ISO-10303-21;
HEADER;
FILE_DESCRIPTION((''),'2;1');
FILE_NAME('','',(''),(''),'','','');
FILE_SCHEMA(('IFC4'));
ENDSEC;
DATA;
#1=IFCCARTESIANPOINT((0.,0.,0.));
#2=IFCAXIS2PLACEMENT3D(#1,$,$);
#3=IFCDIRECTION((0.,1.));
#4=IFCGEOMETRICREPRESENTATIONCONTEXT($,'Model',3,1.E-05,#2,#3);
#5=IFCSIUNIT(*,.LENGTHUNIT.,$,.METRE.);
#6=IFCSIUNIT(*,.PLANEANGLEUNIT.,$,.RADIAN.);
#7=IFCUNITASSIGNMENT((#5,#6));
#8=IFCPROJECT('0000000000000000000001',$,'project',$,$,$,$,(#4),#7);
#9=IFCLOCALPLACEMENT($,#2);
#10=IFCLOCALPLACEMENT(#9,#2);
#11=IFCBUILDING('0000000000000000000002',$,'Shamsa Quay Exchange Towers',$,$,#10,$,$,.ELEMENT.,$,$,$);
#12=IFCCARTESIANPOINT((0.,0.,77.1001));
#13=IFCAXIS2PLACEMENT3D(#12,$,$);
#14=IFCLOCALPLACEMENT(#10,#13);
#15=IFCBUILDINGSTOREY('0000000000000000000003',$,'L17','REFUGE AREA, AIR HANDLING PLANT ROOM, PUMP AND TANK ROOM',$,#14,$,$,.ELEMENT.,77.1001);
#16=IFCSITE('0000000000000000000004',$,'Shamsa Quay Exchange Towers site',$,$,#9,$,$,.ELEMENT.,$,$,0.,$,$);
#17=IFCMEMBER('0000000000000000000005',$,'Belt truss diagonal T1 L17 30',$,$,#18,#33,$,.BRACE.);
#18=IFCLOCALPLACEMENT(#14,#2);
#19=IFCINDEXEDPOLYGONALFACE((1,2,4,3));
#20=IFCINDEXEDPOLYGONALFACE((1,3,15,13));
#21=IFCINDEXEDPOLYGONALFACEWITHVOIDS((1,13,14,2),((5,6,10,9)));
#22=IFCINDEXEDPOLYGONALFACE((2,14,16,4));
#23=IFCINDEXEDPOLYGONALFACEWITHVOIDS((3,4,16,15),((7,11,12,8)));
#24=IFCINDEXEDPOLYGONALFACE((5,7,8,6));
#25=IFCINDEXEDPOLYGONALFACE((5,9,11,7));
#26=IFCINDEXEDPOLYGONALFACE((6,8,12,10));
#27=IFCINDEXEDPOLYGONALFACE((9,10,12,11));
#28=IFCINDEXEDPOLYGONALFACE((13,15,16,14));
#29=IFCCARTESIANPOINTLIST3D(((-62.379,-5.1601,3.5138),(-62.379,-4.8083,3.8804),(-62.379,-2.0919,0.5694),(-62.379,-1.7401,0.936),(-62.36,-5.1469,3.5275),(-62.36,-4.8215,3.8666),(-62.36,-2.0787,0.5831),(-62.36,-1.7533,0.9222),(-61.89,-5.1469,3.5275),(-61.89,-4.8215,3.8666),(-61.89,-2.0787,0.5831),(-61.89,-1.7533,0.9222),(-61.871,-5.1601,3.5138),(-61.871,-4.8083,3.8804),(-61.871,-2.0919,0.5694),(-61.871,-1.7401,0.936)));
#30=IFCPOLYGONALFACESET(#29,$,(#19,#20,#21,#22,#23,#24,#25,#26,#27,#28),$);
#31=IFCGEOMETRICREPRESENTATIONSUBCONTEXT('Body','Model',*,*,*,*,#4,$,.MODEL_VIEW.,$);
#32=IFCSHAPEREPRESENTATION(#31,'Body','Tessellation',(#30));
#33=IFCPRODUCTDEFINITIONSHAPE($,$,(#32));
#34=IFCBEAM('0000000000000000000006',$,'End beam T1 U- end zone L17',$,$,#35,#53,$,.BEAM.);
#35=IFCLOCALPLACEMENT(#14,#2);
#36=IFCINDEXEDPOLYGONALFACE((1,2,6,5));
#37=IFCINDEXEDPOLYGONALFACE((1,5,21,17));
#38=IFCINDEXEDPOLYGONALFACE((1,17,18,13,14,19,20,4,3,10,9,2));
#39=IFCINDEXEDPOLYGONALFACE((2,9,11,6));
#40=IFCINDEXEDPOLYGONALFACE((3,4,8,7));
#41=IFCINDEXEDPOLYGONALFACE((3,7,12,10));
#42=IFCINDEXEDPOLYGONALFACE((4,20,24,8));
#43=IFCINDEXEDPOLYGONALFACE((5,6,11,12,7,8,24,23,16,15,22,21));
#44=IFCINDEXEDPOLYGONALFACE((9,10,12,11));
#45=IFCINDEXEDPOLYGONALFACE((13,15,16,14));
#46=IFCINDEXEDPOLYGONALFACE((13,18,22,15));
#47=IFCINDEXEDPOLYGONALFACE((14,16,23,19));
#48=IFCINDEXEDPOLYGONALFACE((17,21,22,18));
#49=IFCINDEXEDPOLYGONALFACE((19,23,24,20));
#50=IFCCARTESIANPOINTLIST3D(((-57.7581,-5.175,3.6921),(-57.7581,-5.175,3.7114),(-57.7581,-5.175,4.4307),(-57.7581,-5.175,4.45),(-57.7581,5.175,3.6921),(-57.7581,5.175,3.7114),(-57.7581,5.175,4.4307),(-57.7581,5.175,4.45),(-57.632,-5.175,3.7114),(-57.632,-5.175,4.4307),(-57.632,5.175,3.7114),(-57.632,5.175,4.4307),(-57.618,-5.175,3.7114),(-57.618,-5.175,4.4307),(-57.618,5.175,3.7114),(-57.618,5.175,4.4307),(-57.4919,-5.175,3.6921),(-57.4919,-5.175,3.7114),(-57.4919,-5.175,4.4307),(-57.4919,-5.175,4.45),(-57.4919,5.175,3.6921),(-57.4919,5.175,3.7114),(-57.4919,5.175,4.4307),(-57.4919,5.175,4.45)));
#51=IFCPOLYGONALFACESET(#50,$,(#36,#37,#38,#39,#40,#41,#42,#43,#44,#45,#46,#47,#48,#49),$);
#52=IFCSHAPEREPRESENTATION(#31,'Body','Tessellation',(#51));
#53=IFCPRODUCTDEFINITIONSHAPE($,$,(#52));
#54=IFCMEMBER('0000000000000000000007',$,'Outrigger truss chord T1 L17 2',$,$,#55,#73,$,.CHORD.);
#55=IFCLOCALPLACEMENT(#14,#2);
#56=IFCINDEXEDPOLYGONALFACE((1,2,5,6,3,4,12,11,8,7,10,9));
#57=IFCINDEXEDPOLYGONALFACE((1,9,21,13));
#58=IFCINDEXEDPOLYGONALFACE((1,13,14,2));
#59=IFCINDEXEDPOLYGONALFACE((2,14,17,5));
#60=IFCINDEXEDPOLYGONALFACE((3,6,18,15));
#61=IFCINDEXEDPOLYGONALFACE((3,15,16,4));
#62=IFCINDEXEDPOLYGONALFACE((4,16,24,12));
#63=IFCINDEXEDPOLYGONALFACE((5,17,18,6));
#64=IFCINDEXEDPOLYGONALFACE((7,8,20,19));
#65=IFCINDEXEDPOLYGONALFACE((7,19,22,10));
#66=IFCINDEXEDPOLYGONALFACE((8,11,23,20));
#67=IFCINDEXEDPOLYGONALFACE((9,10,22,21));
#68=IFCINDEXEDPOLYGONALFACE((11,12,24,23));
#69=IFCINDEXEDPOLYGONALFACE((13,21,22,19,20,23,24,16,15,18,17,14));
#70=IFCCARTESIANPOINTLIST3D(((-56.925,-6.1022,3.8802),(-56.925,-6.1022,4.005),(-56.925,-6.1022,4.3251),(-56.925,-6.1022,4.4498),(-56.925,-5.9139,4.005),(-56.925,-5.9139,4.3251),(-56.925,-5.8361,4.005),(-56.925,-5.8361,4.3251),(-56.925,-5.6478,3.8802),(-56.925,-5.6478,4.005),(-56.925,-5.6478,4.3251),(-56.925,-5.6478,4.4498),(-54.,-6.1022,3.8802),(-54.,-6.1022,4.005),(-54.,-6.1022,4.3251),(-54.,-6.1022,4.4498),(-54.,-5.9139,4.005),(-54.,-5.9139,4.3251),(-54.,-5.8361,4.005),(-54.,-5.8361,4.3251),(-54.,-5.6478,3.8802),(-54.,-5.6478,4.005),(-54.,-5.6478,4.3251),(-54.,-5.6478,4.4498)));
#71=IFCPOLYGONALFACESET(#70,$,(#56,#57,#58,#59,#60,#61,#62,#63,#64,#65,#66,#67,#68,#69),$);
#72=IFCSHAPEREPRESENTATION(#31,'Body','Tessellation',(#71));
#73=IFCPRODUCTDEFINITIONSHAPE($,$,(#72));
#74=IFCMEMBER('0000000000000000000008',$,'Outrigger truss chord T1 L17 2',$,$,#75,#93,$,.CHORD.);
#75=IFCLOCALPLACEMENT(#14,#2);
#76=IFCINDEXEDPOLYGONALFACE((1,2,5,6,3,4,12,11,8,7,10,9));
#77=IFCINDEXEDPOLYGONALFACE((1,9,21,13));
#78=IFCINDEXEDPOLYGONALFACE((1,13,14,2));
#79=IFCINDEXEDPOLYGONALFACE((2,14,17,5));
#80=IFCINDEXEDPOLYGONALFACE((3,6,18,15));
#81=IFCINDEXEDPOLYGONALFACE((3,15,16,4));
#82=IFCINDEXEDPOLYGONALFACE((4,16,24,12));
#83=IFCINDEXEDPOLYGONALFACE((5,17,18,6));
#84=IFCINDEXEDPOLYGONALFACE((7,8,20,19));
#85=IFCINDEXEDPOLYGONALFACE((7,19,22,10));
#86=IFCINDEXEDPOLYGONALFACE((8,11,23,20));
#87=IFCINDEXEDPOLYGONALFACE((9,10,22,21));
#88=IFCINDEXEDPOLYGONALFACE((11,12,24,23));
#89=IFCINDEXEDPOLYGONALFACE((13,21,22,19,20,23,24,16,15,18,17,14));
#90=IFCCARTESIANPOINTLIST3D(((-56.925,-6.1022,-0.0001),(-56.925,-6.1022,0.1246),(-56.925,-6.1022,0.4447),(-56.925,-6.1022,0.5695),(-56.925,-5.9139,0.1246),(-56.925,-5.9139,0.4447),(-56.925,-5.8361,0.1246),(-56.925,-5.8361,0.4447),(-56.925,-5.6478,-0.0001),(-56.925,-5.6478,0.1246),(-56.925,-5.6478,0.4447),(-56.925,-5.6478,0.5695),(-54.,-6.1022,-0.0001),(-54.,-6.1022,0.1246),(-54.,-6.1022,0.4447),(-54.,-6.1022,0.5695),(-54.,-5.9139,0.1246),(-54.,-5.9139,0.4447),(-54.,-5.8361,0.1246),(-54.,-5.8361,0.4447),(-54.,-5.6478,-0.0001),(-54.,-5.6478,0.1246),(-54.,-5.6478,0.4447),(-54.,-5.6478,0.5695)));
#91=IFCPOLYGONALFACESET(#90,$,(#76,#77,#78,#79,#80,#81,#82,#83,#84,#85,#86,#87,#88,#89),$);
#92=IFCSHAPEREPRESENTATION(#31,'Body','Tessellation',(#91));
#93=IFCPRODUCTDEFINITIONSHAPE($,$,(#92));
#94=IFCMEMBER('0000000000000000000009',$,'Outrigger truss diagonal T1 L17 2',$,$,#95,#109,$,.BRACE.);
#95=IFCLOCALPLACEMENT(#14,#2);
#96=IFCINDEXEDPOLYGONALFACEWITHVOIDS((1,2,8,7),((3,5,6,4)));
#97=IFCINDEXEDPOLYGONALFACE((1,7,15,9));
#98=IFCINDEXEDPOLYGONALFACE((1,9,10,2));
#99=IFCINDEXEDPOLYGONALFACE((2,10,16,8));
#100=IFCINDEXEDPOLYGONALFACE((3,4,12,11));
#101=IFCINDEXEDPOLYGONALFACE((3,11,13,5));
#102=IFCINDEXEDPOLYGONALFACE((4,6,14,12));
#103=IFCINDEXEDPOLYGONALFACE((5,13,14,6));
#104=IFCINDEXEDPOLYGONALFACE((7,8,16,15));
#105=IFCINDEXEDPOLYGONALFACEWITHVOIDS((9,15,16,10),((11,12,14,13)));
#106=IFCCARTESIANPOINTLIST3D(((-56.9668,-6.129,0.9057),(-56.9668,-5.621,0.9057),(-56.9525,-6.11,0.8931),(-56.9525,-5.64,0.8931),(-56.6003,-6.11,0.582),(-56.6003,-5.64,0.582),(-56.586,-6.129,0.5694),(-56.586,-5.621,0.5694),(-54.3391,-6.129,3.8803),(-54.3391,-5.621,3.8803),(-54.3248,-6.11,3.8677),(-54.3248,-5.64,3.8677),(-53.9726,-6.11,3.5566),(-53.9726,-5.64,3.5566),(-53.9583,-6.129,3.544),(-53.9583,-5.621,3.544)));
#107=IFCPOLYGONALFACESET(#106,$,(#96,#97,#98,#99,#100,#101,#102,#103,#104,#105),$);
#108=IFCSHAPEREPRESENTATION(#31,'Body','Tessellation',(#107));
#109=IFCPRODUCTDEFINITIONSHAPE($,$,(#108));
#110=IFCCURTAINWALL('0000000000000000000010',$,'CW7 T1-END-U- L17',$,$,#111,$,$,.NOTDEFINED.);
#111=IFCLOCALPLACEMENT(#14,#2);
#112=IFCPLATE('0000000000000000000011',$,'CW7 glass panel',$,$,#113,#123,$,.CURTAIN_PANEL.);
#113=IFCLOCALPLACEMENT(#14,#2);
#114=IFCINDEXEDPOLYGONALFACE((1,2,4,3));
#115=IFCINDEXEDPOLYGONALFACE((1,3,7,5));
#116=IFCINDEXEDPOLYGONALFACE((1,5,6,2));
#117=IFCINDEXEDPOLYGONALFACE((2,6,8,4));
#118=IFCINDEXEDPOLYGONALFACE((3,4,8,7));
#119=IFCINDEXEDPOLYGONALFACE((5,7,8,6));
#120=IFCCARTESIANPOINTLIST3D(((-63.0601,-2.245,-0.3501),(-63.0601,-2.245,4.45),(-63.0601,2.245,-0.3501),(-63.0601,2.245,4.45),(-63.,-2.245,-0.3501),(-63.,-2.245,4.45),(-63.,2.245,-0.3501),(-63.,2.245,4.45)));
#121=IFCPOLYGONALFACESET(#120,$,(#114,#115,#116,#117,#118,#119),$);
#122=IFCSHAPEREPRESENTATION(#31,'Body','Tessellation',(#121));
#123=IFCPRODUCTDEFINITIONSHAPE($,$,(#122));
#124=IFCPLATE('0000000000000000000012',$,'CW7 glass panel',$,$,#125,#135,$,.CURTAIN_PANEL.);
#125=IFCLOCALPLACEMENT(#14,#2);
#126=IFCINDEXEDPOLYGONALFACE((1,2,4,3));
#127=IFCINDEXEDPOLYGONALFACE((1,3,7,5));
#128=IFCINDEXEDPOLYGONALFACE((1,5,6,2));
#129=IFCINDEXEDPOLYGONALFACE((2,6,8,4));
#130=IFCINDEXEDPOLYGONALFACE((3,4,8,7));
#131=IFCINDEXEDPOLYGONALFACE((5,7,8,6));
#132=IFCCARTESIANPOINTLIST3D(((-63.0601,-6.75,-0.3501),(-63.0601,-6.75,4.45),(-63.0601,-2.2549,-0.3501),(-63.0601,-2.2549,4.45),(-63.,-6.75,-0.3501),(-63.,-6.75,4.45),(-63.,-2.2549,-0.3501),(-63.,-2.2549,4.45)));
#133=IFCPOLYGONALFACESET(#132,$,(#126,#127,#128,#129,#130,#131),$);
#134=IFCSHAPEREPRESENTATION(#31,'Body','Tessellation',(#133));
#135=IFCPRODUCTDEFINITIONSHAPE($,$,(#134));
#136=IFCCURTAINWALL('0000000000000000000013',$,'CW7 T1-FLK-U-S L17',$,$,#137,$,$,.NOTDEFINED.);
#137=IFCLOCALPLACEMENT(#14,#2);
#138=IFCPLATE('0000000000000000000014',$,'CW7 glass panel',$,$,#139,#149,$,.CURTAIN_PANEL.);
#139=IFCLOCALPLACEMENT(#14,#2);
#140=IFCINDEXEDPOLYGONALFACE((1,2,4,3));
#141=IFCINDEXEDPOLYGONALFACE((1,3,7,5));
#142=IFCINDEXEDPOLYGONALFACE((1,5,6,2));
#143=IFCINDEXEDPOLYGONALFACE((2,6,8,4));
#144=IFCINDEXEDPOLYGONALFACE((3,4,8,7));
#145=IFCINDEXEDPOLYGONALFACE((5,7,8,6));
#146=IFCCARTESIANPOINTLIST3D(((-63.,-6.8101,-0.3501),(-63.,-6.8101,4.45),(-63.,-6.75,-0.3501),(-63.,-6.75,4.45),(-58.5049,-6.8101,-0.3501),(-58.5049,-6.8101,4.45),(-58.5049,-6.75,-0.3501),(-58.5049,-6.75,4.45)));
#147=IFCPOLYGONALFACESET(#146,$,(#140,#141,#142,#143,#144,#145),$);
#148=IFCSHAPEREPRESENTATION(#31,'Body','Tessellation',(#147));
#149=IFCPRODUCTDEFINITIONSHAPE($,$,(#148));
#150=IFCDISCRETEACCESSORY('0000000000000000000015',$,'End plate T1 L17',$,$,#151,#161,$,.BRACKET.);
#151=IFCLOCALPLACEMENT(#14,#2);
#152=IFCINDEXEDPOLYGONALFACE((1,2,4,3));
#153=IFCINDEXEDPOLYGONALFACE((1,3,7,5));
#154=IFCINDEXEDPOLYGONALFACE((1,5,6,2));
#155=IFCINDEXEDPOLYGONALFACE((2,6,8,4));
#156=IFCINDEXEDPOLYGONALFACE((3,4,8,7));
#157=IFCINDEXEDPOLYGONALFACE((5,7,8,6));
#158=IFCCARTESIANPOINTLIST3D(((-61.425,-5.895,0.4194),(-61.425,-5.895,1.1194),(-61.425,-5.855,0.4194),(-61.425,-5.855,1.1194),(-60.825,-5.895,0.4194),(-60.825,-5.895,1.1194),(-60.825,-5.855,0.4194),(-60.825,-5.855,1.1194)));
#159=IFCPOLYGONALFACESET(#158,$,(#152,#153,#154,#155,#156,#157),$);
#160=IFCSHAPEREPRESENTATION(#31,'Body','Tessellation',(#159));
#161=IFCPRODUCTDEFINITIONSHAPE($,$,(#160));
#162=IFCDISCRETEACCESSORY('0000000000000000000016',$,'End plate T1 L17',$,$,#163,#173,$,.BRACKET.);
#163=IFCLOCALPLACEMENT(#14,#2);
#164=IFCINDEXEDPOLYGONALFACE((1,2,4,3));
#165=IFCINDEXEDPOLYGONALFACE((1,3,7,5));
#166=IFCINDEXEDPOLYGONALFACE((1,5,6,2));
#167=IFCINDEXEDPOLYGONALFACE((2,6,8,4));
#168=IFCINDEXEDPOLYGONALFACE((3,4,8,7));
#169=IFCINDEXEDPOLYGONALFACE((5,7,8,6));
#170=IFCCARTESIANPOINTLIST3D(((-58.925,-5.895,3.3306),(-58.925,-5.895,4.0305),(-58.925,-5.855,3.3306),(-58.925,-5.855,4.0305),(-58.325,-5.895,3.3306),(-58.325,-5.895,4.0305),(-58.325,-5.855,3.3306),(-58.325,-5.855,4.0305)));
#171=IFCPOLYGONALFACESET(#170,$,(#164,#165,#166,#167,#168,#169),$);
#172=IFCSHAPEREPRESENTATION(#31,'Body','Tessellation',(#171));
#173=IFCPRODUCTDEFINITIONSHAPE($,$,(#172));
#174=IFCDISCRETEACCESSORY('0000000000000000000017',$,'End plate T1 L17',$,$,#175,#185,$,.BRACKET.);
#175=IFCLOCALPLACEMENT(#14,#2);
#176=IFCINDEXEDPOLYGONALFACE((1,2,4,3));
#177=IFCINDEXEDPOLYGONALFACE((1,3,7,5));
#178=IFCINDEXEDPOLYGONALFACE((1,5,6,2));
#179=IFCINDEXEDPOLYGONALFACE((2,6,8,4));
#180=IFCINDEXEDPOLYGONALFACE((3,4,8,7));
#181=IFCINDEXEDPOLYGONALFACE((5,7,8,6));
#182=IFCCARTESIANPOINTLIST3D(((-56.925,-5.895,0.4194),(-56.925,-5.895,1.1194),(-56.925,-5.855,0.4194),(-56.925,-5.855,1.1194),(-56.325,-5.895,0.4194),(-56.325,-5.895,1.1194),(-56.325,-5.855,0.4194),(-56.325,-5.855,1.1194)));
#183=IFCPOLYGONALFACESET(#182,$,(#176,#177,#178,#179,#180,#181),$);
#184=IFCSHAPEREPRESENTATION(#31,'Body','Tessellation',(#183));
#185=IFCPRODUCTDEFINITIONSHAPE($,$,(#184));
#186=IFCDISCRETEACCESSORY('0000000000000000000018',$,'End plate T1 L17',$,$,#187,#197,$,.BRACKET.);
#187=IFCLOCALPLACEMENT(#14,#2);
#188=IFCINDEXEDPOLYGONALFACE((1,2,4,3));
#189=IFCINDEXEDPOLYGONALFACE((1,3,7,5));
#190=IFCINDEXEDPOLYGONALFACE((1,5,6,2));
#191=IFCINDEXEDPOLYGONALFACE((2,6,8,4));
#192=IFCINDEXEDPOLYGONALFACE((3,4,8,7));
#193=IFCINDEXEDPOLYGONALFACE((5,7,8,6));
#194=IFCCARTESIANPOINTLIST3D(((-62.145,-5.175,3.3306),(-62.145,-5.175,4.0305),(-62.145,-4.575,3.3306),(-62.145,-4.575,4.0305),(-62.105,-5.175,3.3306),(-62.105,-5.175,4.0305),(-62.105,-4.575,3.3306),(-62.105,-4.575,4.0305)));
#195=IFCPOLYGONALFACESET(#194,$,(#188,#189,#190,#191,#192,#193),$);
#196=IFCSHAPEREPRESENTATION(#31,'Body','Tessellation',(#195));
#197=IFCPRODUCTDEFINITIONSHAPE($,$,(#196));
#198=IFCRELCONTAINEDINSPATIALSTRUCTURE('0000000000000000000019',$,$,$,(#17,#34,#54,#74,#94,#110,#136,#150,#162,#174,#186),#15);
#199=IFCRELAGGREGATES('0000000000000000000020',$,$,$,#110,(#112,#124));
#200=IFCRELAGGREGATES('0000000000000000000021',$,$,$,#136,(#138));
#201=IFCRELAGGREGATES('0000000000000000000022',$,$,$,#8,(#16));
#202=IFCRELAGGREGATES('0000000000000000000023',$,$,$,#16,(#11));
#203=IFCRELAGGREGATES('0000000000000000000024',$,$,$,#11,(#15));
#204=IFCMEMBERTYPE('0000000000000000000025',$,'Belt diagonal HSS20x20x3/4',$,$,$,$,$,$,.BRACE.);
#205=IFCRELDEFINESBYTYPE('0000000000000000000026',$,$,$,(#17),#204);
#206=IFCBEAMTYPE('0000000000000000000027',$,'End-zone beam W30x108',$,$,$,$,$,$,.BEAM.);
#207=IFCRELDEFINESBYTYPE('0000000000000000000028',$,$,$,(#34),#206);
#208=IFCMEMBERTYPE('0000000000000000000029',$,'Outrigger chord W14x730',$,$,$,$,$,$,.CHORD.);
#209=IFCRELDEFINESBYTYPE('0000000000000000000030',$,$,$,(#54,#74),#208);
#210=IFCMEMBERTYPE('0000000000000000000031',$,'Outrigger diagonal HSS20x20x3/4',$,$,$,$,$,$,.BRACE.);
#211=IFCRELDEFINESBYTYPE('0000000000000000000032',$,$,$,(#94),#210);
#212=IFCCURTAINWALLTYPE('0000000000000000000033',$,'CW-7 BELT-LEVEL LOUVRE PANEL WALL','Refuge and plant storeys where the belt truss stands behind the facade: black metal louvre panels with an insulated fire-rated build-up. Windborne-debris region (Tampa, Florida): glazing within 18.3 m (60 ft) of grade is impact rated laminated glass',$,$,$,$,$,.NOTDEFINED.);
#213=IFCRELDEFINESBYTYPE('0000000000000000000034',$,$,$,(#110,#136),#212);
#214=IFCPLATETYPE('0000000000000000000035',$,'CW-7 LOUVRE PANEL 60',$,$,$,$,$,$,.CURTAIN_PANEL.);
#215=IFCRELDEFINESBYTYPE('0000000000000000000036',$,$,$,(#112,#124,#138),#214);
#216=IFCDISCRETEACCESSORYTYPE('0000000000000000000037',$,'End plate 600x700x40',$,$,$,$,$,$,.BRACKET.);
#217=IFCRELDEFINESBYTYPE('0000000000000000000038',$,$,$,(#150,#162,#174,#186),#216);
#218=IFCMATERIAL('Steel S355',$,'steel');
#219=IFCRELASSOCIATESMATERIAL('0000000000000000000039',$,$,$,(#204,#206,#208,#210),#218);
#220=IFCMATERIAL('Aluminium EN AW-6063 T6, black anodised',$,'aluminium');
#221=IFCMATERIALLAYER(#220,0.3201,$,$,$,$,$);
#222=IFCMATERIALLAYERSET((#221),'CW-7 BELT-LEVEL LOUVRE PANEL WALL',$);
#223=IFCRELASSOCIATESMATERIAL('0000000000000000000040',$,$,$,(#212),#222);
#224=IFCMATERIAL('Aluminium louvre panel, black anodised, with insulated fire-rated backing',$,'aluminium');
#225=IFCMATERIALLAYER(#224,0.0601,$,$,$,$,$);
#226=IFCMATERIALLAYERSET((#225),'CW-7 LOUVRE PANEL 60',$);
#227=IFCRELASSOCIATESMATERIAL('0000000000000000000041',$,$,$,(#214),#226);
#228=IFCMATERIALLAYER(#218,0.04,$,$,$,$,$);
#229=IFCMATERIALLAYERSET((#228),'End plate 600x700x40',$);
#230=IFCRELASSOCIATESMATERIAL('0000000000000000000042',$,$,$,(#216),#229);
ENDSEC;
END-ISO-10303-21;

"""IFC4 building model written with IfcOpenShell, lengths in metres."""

from ifc_helpers import new_model, si_unit, direction, frame, origin, origin_2d, place, context, subcontext, project, spatial, rectangle, hollow_rectangle, i_section, extrude, material, layer, layer_set, material_profile, profile_set, type_object, element, aggregate, save


model = new_model("IFC4")

# Units and contexts
model_context = context("Model", 3, precision=1e-05, world=origin(), true_north=direction((0.0, 1.0)))
body_context = subcontext(model_context, "Body", "Model", "MODEL_VIEW")
ifc_project = project(units=[si_unit("LENGTHUNIT", "METRE"), si_unit("PLANEANGLEUNIT", "RADIAN")], contexts=[model_context])

# Site, building, storey
site_placement = place(None, origin())
site = spatial("IfcSite", under=ifc_project, at=site_placement, Name="Shamsa Quay Exchange Towers site", CompositionType="ELEMENT", RefElevation=0.0)
building_placement = place(site_placement, origin())
building = spatial("IfcBuilding", under=site, at=building_placement, Name="Shamsa Quay Exchange Towers", CompositionType="ELEMENT")
storey_placement = place(building_placement, frame((0.0, 0.0, 77.1001)))
storey = spatial("IfcBuildingStorey", under=building, at=storey_placement, Name="L17", Description="REFUGE AREA, AIR HANDLING PLANT ROOM, PUMP AND TANK ROOM", CompositionType="ELEMENT", Elevation=77.1001)

# Member
ifc_material_1 = material(Name="Steel S355", Category="steel")
ifc_material_profile_1 = material_profile(ifc_material_1, hollow_rectangle(XDim=0.5081, YDim=0.5081, WallThickness=0.019, at=origin_2d()), Name="HSS20x20x3/4")
ifc_profile_set_1 = profile_set([ifc_material_profile_1], Name="Steel S355")
member_type_1 = type_object("IfcMemberType", Name="Belt diagonal HSS20x20x3/4", PredefinedType="BRACE", material=ifc_profile_set_1)
member_1_placement = place(storey_placement, frame((-62.125, -1.916, 0.7527), z_axis=(0.0, -0.721511, 0.692403), x_axis=(1.0, 0.0, 0.0)))
element("IfcMember", 1, at=member_1_placement, inside=storey, type_object=member_type_1, Name="Belt truss diagonal T1 L17 30", PredefinedType="BRACE", context=body_context, shape_type="SweptSolid", body=[
    extrude(hollow_rectangle(XDim=0.5081, YDim=0.5081, WallThickness=0.019, at=origin_2d()), origin(), (0.0, 0.0, 1.0), 4.2524),
])

# Beam
ifc_material_profile_2 = material_profile(ifc_material_1, i_section(OverallWidth=0.2661, OverallDepth=0.7578, WebThickness=0.0139, FlangeThickness=0.0193, at=origin_2d()), Name="W30x108")
ifc_profile_set_2 = profile_set([ifc_material_profile_2], Name="Steel S355")
beam_type = type_object("IfcBeamType", Name="End-zone beam W30x108", PredefinedType="BEAM", material=ifc_profile_set_2)
beam_placement = place(storey_placement, frame((-57.625, -5.175, 4.071), z_axis=(0.0, 1.0, 0.0), x_axis=(-1.0, 0.0, 0.0)))
element("IfcBeam", 2, at=beam_placement, inside=storey, type_object=beam_type, Name="End beam T1 U- end zone L17", PredefinedType="BEAM", context=body_context, shape_type="SweptSolid", body=[
    extrude(i_section(OverallWidth=0.2661, OverallDepth=0.7578, WebThickness=0.0139, FlangeThickness=0.0193, at=origin_2d()), origin(), (0.0, 0.0, 1.0), 10.3501),
])

# Members
ifc_material_profile_3 = material_profile(ifc_material_1, i_section(OverallWidth=0.4543, OverallDepth=0.5696, WebThickness=0.0779, FlangeThickness=0.1248, at=origin_2d()), Name="W14x730")
ifc_profile_set_3 = profile_set([ifc_material_profile_3], Name="Steel S355")
member_type_2 = type_object("IfcMemberType", Name="Outrigger chord W14x730", PredefinedType="CHORD", material=ifc_profile_set_3)
for number, where, z_axis, x_axis, name in (
    (3, (-56.925, -5.875, 4.165), (1.0, 0.0, 0.0), (0.0, 1.0, 0.0), "Outrigger truss chord T1 L17 2"),
    (4, (-56.925, -5.875, 0.2847), (1.0, 0.0, 0.0), (0.0, 1.0, 0.0), "Outrigger truss chord T1 L17 2"),
):
    element("IfcMember", number, at=place(storey_placement, frame(where, z_axis=z_axis, x_axis=x_axis)), inside=storey, type_object=member_type_2, Name=name, PredefinedType="CHORD", context=body_context, shape_type="SweptSolid", body=[
        extrude(i_section(OverallWidth=0.4543, OverallDepth=0.5696, WebThickness=0.0779, FlangeThickness=0.1248, at=origin_2d()), origin(), (0.0, 0.0, 1.0), 2.925),
    ])
ifc_material_profile_4 = material_profile(ifc_material_1, hollow_rectangle(XDim=0.5081, YDim=0.5081, WallThickness=0.019, at=origin_2d()), Name="HSS20x20x3/4")
ifc_profile_set_4 = profile_set([ifc_material_profile_4], Name="Steel S355")
member_type_3 = type_object("IfcMemberType", Name="Outrigger diagonal HSS20x20x3/4", PredefinedType="BRACE", material=ifc_profile_set_4)
member_2_placement = place(storey_placement, frame((-56.7764, -5.875, 0.7375), z_axis=(0.662051, 0.0, 0.749459), x_axis=(0.0, 1.0, 0.0)))
element("IfcMember", 5, at=member_2_placement, inside=storey, type_object=member_type_3, Name="Outrigger truss diagonal T1 L17 2", PredefinedType="BRACE", context=body_context, shape_type="SweptSolid", body=[
    extrude(hollow_rectangle(XDim=0.5081, YDim=0.5081, WallThickness=0.019, at=origin_2d()), origin(), (0.0, 0.0, 1.0), 3.969),
])

# Curtain wall, plates
ifc_material_2 = material(Name="Aluminium EN AW-6063 T6, black anodised", Category="aluminium")
ifc_layer_1 = layer(ifc_material_2, 0.3201)
ifc_layer_set_1 = layer_set([ifc_layer_1], Name="CW-7 BELT-LEVEL LOUVRE PANEL WALL")
curtain_wall_type = type_object("IfcCurtainWallType", Name="CW-7 BELT-LEVEL LOUVRE PANEL WALL", Description="Refuge and plant storeys where the belt truss stands behind the facade: black metal louvre panels with an insulated fire-rated build-up. Windborne-debris region (Tampa, Florida): glazing within 18.3 m (60 ft) of grade is impact rated laminated glass", PredefinedType="NOTDEFINED", material=ifc_layer_set_1)
curtain_wall_1_placement = place(storey_placement, origin())
curtain_wall_1 = element("IfcCurtainWall", 6, at=curtain_wall_1_placement, inside=storey, type_object=curtain_wall_type, Name="CW7 T1-END-U- L17", PredefinedType="NOTDEFINED")
ifc_material_3 = material(Name="Aluminium louvre panel, black anodised, with insulated fire-rated backing", Category="aluminium")
ifc_layer_2 = layer(ifc_material_3, 0.0601)
ifc_layer_set_2 = layer_set([ifc_layer_2], Name="CW-7 LOUVRE PANEL 60")
plate_type = type_object("IfcPlateType", Name="CW-7 LOUVRE PANEL 60", PredefinedType="CURTAIN_PANEL", material=ifc_layer_set_2)
plate_1_placement = place(storey_placement, frame((-63.03, 0.0, -0.3501), z_axis=(0.0, 0.0, 1.0), x_axis=(0.0, -1.0, 0.0)))
plate_1 = element("IfcPlate", 7, at=plate_1_placement, type_object=plate_type, Name="CW7 glass panel", PredefinedType="CURTAIN_PANEL", context=body_context, shape_type="SweptSolid", body=[
    extrude(rectangle(XDim=4.49, YDim=0.0601, at=origin_2d()), origin(), (0.0, 0.0, 1.0), 4.8),
])
plate_2_placement = place(storey_placement, frame((-63.03, -4.5024, -0.3501), z_axis=(0.0, 0.0, 1.0), x_axis=(0.0, -1.0, 0.0)))
plate_2 = element("IfcPlate", 8, at=plate_2_placement, type_object=plate_type, Name="CW7 glass panel", PredefinedType="CURTAIN_PANEL", context=body_context, shape_type="SweptSolid", body=[
    extrude(rectangle(XDim=4.4951, YDim=0.0601, at=origin_2d()), origin(), (0.0, 0.0, 1.0), 4.8),
])
aggregate(curtain_wall_1, [plate_1, plate_2])

# Curtain wall, plate
curtain_wall_2_placement = place(storey_placement, origin())
curtain_wall_2 = element("IfcCurtainWall", 9, at=curtain_wall_2_placement, inside=storey, type_object=curtain_wall_type, Name="CW7 T1-FLK-U-S L17", PredefinedType="NOTDEFINED")
plate_3_placement = place(storey_placement, frame((-60.7524, -6.78, -0.3501)))
plate_3 = element("IfcPlate", 10, at=plate_3_placement, type_object=plate_type, Name="CW7 glass panel", PredefinedType="CURTAIN_PANEL", context=body_context, shape_type="SweptSolid", body=[
    extrude(rectangle(XDim=4.4951, YDim=0.0601, at=origin_2d()), origin(), (0.0, 0.0, 1.0), 4.8),
])
aggregate(curtain_wall_2, [plate_3])

# Discrete accessories
ifc_layer_3 = layer(ifc_material_1, 0.04)
ifc_layer_set_3 = layer_set([ifc_layer_3], Name="End plate 600x700x40")
discrete_accessory_type_1 = type_object("IfcDiscreteAccessoryType", Name="End plate 600x700x40", PredefinedType="BRACKET", material=ifc_layer_set_3)
for number, where, name in (
    (11, (-61.125, -5.875, 0.4194), "End plate T1 L17"),
    (12, (-58.625, -5.875, 3.3306), "End plate T1 L17"),
    (13, (-56.625, -5.875, 0.4194), "End plate T1 L17"),
):
    element("IfcDiscreteAccessory", number, at=place(storey_placement, frame(where)), inside=storey, type_object=discrete_accessory_type_1, Name=name, PredefinedType="BRACKET", context=body_context, shape_type="SweptSolid", body=[
        extrude(rectangle(XDim=0.6001, YDim=0.04, at=origin_2d()), origin(), (0.0, 0.0, 1.0), 0.7),
    ])
discrete_accessory_1_placement = place(storey_placement, frame((-62.125, -4.875, 3.3306), z_axis=(0.0, 0.0, 1.0), x_axis=(0.0, -1.0, 0.0)))
element("IfcDiscreteAccessory", 14, at=discrete_accessory_1_placement, inside=storey, type_object=discrete_accessory_type_1, Name="End plate T1 L17", PredefinedType="BRACKET", context=body_context, shape_type="SweptSolid", body=[
    extrude(rectangle(XDim=0.6001, YDim=0.04, at=origin_2d()), origin(), (0.0, 0.0, 1.0), 0.7),
])

save(model, "model.ifc")
